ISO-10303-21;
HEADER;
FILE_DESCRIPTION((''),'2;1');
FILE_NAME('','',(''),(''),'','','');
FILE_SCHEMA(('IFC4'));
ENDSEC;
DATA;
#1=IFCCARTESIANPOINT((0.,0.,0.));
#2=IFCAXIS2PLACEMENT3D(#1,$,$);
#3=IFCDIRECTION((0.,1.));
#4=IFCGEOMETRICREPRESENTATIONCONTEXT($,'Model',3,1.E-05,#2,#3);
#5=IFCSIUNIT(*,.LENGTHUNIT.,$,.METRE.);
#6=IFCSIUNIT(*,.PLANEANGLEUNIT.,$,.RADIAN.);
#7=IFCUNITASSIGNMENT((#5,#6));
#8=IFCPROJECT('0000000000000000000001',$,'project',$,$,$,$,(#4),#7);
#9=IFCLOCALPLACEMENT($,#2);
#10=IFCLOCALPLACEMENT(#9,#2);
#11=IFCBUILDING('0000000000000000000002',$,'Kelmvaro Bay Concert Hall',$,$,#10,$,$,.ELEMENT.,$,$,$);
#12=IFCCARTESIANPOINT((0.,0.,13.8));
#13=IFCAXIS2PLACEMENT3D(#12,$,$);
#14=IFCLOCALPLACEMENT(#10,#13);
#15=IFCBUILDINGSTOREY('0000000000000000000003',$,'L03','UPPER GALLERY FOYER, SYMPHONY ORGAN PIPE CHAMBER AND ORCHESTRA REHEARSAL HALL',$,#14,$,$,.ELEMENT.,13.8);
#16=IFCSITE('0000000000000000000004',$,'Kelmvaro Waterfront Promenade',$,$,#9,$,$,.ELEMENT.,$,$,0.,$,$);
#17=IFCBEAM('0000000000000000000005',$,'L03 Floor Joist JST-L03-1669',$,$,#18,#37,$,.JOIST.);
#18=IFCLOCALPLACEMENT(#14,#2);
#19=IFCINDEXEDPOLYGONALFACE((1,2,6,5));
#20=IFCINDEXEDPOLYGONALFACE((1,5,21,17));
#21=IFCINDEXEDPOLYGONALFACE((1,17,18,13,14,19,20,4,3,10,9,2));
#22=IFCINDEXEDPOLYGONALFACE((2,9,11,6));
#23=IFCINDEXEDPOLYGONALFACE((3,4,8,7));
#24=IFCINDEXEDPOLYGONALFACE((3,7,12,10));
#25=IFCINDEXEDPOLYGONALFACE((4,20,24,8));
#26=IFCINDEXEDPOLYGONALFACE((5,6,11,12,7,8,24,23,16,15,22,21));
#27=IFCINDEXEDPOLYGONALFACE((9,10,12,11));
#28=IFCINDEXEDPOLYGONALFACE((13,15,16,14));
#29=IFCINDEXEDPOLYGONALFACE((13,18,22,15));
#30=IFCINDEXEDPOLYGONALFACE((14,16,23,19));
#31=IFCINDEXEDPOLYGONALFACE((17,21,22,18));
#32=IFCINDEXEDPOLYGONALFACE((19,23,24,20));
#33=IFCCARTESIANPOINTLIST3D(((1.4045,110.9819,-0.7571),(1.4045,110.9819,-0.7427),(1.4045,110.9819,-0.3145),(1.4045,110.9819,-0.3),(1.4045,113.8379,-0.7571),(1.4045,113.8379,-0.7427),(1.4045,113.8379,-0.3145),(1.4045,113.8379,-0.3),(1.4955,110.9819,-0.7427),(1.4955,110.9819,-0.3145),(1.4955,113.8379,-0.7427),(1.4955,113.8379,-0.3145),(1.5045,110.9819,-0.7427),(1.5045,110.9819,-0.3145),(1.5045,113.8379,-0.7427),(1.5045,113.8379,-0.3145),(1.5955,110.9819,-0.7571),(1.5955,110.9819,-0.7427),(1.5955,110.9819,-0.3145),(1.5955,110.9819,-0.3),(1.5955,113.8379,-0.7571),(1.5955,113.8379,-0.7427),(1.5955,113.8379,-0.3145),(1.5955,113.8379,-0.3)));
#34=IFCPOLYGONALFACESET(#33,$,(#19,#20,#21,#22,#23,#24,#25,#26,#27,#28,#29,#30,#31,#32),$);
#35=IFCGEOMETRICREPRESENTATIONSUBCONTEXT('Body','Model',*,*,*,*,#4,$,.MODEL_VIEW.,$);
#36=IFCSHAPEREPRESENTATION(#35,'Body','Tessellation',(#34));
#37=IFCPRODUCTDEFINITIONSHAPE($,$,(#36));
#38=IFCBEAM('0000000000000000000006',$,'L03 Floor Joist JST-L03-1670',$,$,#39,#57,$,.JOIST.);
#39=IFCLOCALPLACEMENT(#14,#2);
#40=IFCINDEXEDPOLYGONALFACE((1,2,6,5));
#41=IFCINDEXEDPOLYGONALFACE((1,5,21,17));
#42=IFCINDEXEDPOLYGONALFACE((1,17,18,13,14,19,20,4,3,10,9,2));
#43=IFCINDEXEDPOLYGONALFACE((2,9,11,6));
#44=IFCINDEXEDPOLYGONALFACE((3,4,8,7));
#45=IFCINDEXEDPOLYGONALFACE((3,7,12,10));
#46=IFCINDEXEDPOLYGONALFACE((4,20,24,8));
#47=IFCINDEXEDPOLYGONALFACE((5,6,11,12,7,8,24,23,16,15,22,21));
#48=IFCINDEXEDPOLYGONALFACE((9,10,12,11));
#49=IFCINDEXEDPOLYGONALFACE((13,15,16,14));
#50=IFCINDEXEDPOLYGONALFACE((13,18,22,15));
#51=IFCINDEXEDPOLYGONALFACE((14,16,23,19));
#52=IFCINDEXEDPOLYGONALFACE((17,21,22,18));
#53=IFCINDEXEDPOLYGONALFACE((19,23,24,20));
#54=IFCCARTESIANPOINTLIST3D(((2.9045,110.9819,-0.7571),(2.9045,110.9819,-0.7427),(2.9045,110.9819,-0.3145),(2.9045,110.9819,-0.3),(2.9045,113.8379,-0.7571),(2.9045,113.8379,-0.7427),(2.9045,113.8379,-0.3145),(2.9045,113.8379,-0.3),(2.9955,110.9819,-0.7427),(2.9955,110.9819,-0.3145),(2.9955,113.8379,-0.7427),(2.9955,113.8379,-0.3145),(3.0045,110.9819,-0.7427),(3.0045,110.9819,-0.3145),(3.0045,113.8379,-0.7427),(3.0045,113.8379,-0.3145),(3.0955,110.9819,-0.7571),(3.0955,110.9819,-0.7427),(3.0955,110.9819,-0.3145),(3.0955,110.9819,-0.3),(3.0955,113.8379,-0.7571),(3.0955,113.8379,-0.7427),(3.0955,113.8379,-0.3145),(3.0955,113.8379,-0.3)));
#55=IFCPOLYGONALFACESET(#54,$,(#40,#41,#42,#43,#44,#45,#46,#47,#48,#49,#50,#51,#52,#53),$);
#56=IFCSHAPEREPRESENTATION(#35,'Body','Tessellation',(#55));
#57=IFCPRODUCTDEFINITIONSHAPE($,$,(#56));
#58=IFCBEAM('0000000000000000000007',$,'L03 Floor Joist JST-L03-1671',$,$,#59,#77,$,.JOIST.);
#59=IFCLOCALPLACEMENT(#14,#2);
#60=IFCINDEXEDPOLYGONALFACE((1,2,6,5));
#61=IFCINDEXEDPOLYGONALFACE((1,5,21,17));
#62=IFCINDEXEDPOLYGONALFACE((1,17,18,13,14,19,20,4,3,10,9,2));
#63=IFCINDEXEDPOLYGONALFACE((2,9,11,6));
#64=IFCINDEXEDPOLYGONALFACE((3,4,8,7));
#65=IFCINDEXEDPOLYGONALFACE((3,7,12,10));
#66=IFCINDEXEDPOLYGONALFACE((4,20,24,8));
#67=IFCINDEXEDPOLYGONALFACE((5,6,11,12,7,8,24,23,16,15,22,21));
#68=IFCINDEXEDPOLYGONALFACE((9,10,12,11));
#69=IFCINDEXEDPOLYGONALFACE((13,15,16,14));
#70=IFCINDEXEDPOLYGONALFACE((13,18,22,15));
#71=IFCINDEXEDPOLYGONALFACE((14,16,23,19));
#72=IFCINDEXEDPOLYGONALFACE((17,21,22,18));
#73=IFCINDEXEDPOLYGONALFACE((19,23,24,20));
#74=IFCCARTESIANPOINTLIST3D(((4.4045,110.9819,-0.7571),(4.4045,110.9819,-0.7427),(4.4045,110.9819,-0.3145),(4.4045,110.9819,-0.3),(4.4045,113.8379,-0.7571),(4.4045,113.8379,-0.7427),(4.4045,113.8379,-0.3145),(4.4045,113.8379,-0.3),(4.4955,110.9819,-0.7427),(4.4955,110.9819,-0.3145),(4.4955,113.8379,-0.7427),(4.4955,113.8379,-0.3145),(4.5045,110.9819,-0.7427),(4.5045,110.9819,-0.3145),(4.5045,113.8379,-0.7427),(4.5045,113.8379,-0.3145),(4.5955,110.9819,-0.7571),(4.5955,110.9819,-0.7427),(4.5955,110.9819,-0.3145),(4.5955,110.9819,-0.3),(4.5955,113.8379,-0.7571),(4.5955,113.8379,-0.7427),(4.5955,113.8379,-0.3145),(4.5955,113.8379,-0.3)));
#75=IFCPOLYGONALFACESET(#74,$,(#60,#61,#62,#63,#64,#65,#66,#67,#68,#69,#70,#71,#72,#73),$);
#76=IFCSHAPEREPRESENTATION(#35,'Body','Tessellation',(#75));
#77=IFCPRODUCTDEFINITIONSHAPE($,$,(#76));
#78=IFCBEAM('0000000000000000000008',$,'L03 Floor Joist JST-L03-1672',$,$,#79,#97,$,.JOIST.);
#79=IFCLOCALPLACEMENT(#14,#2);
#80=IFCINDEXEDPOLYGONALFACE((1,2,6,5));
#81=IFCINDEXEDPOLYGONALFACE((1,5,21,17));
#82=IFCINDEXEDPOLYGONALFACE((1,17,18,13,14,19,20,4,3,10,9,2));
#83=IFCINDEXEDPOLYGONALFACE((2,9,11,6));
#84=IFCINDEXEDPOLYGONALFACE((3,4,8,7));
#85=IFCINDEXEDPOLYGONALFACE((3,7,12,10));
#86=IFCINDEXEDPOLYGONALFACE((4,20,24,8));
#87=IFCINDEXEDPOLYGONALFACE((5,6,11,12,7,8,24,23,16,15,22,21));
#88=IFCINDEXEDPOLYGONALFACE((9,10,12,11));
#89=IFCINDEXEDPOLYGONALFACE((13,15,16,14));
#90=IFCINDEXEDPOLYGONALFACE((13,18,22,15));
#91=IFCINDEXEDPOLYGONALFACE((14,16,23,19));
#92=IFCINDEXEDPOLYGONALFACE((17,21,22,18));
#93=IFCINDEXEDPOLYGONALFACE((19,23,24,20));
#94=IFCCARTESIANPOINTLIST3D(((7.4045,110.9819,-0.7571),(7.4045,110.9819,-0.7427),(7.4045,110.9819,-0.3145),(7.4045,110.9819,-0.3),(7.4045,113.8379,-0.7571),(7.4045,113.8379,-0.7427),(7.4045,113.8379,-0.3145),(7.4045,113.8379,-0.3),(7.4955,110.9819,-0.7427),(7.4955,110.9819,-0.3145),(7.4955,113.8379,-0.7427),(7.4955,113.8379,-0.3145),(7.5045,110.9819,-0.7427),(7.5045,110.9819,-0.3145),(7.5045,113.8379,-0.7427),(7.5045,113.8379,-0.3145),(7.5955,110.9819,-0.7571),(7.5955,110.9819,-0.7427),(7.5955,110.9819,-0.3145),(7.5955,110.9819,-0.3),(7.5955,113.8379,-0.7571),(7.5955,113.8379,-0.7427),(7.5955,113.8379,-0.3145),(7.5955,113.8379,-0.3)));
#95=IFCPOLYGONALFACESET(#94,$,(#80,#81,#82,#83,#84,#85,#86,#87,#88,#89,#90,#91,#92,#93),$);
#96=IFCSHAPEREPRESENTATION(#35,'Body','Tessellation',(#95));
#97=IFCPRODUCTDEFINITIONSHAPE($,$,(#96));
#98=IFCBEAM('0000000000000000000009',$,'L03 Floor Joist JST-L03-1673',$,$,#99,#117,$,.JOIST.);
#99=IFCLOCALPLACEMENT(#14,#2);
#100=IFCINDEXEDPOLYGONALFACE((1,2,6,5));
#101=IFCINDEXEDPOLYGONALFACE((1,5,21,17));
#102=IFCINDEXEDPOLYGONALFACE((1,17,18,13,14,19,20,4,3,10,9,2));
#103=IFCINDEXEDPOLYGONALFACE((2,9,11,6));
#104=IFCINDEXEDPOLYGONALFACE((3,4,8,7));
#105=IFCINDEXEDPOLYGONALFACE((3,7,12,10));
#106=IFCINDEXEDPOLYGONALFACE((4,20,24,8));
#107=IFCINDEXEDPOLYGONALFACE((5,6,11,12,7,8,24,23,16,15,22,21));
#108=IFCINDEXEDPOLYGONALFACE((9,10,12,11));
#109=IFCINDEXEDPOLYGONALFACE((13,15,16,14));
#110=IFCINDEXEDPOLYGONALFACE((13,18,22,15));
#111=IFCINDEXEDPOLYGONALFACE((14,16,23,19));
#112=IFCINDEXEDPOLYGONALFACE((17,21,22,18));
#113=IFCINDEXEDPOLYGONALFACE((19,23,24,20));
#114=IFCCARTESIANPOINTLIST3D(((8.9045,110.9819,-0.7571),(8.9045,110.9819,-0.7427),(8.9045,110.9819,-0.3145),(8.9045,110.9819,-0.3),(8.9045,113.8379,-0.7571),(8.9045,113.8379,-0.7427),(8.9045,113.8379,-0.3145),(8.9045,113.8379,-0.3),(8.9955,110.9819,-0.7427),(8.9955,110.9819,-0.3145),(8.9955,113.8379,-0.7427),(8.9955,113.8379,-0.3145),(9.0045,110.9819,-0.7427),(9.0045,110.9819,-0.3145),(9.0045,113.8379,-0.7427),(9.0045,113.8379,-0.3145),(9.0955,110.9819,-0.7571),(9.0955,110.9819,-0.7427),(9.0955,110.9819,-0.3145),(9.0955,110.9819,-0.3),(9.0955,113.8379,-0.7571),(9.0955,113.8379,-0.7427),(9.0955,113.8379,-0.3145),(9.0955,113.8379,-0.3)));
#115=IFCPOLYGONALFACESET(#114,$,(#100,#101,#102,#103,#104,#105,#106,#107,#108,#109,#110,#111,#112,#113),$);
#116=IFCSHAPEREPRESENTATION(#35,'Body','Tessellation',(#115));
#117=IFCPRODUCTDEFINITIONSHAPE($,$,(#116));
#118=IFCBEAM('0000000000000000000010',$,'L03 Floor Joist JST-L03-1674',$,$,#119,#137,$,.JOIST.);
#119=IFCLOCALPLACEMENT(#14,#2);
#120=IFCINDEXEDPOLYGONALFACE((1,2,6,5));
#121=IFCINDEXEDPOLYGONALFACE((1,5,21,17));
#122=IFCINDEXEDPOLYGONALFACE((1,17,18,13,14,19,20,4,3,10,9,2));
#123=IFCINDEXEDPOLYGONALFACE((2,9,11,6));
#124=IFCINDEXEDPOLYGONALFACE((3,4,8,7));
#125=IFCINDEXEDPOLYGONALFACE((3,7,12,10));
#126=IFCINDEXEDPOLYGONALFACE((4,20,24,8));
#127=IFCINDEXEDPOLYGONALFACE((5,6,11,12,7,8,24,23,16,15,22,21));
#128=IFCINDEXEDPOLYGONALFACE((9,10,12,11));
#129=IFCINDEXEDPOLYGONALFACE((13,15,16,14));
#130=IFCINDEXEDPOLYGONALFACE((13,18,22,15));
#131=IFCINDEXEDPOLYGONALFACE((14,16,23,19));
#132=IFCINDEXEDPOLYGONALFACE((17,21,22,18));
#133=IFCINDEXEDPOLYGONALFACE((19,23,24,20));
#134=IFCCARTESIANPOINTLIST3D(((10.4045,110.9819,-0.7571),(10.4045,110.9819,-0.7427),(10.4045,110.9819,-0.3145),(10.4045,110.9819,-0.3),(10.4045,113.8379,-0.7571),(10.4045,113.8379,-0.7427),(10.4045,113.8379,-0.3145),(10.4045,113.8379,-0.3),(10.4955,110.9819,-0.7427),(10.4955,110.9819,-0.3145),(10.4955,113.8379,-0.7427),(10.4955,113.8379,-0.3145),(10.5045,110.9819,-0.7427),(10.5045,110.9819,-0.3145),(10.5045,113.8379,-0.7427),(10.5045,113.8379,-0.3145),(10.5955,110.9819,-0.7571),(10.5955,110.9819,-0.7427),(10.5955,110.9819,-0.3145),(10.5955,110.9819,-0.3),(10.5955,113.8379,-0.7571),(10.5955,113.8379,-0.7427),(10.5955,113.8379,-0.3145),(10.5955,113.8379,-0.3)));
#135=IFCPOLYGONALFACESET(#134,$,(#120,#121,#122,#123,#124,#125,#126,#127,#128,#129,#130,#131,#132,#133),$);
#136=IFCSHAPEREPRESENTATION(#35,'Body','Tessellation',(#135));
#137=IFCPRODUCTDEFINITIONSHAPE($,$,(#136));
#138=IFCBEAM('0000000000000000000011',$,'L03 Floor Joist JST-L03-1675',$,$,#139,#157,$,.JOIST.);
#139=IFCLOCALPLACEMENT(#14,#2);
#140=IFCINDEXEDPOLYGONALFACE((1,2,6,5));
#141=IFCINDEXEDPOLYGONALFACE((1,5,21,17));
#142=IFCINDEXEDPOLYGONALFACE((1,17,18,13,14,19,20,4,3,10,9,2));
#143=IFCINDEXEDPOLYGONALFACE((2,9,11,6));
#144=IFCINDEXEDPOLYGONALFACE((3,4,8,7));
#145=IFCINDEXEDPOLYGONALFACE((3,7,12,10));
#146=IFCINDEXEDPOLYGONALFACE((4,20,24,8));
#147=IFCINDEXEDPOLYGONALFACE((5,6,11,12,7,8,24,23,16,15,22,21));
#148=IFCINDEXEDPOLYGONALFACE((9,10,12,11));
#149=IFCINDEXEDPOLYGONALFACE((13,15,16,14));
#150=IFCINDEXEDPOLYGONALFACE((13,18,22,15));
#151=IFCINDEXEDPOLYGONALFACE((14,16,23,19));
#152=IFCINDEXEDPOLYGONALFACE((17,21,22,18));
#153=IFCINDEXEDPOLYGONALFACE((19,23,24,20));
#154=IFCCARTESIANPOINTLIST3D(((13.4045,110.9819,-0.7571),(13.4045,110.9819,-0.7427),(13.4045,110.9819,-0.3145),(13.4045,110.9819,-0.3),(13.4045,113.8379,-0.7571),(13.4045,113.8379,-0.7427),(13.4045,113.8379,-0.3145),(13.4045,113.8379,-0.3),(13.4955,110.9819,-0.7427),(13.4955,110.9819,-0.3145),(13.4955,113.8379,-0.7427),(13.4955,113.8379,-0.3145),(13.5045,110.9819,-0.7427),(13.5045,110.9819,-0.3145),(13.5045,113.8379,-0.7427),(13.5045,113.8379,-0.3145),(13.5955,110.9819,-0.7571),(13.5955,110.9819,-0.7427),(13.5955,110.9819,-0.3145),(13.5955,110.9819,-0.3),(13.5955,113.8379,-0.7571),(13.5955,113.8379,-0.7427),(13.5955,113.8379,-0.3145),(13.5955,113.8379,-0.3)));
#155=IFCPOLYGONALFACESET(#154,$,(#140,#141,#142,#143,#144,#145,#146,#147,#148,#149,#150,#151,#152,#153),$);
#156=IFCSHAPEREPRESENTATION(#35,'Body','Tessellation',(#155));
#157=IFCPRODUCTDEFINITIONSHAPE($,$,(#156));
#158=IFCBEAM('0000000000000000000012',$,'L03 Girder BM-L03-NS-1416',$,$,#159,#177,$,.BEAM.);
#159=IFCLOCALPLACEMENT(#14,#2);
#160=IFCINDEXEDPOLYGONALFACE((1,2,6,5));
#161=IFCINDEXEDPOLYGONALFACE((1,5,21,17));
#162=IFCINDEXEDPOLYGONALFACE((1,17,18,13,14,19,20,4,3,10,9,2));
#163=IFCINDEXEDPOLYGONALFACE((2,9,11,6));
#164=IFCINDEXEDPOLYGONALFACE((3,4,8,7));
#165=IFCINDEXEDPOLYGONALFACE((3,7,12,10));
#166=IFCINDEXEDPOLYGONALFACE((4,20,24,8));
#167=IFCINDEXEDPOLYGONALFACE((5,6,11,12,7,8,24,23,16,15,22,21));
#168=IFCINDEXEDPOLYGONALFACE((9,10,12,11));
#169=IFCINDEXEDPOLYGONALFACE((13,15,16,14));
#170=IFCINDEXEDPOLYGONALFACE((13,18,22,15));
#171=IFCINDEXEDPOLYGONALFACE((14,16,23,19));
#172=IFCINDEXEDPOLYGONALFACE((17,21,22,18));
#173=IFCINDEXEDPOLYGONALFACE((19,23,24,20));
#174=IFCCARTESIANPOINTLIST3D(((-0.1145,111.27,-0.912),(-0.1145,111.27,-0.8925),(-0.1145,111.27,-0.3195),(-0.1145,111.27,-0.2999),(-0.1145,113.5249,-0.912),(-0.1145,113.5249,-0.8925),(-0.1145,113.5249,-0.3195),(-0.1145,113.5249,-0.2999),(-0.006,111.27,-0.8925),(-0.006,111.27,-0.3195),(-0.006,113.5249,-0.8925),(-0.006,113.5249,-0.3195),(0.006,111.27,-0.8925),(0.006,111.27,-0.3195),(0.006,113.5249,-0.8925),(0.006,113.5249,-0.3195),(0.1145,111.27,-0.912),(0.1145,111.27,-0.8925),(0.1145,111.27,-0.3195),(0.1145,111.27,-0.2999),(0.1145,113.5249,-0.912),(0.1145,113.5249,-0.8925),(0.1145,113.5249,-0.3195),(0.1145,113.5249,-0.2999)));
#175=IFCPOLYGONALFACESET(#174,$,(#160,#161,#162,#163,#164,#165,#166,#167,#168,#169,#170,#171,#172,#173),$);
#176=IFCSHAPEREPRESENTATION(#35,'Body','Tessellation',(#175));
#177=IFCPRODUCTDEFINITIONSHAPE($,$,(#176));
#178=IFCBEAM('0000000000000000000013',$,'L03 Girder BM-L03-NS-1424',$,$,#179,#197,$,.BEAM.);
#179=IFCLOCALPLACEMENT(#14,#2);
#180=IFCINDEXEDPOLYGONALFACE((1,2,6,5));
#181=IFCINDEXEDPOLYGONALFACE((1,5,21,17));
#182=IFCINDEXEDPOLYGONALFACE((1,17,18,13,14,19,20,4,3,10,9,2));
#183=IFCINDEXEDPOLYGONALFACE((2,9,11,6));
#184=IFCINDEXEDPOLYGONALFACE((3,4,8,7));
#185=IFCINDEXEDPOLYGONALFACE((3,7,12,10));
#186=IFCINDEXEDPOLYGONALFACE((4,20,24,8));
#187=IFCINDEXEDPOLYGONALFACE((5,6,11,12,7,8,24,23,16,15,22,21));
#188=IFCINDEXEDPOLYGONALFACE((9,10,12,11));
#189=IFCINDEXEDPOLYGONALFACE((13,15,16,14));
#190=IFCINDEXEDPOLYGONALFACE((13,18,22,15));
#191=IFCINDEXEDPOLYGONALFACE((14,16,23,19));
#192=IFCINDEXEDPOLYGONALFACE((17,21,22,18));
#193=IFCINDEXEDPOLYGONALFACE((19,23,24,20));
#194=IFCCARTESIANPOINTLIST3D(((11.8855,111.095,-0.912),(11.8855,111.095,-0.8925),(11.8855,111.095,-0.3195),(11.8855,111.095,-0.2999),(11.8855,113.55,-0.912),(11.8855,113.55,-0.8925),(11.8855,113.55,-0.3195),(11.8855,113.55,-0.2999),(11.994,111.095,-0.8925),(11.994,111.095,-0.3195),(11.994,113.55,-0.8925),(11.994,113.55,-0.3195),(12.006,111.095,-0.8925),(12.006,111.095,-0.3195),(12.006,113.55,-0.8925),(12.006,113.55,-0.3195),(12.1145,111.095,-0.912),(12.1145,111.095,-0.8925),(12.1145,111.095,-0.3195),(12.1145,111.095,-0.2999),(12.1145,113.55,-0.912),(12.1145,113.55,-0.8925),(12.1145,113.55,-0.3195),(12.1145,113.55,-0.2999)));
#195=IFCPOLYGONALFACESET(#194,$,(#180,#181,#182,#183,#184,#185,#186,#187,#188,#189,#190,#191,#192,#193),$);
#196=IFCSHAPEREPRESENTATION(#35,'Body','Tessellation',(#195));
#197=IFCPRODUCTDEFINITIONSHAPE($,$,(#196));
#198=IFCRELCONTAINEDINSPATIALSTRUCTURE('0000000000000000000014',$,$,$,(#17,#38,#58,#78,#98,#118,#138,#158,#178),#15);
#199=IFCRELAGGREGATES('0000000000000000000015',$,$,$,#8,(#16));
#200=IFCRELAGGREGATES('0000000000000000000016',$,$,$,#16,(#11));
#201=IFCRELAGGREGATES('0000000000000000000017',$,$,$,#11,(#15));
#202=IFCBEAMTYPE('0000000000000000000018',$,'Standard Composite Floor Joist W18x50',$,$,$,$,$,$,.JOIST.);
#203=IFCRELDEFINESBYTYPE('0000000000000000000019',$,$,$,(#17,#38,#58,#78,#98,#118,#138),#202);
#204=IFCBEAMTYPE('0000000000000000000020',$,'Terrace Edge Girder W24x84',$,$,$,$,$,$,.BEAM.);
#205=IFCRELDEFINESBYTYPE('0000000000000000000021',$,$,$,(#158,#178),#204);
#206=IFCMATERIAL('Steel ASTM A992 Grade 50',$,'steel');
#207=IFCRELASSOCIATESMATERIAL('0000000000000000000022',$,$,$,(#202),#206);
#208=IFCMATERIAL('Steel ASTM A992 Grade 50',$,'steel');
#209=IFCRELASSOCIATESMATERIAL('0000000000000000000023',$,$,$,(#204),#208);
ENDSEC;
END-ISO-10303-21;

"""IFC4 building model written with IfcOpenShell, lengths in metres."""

from ifc_helpers import new_model, si_unit, direction, frame, origin, origin_2d, place, context, subcontext, project, spatial, i_section, extrude, material, material_profile, profile_set, type_object, element, save


model = new_model("IFC4")

# Units and contexts
model_context = context("Model", 3, precision=1e-05, world=origin(), true_north=direction((0.0, 1.0)))
body_context = subcontext(model_context, "Body", "Model", "MODEL_VIEW")
ifc_project = project(units=[si_unit("LENGTHUNIT", "METRE"), si_unit("PLANEANGLEUNIT", "RADIAN")], contexts=[model_context])

# Site, building, storey
site_placement = place(None, origin())
site = spatial("IfcSite", under=ifc_project, at=site_placement, Name="Kelmvaro Waterfront Promenade", CompositionType="ELEMENT", RefElevation=0.0)
building_placement = place(site_placement, origin())
building = spatial("IfcBuilding", under=site, at=building_placement, Name="Kelmvaro Bay Concert Hall", CompositionType="ELEMENT")
storey_placement = place(building_placement, frame((0.0, 0.0, 13.8)))
storey = spatial("IfcBuildingStorey", under=building, at=storey_placement, Name="L03", Description="UPPER GALLERY FOYER, SYMPHONY ORGAN PIPE CHAMBER AND ORCHESTRA REHEARSAL HALL", CompositionType="ELEMENT", Elevation=13.8)

# Beams
ifc_material_1 = material(Name="Steel ASTM A992 Grade 50", Category="steel")
ifc_material_profile_1 = material_profile(ifc_material_1, i_section(OverallWidth=0.1909, OverallDepth=0.457, WebThickness=0.009, FlangeThickness=0.0144, at=origin_2d()), Name="W18X50")
ifc_profile_set_1 = profile_set([ifc_material_profile_1], Name="Steel ASTM A992 Grade 50")
beam_type_1 = type_object("IfcBeamType", Name="Standard Composite Floor Joist W18x50", PredefinedType="JOIST", material=ifc_profile_set_1)
for number, where, z_axis, x_axis, name in (
    (1, (1.5, 110.9819, -0.5286), (0.0, 1.0, 0.0), (-1.0, 0.0, 0.0), "L03 Floor Joist JST-L03-1669"),
    (2, (3.0, 110.9819, -0.5286), (0.0, 1.0, 0.0), (-1.0, 0.0, 0.0), "L03 Floor Joist JST-L03-1670"),
    (3, (4.5, 110.9819, -0.5286), (0.0, 1.0, 0.0), (-1.0, 0.0, 0.0), "L03 Floor Joist JST-L03-1671"),
    (4, (7.5, 110.9819, -0.5286), (0.0, 1.0, 0.0), (-1.0, 0.0, 0.0), "L03 Floor Joist JST-L03-1672"),
    (5, (9.0, 110.9819, -0.5286), (0.0, 1.0, 0.0), (-1.0, 0.0, 0.0), "L03 Floor Joist JST-L03-1673"),
    (6, (10.5, 110.9819, -0.5286), (0.0, 1.0, 0.0), (-1.0, 0.0, 0.0), "L03 Floor Joist JST-L03-1674"),
    (7, (13.5, 110.9819, -0.5286), (0.0, 1.0, 0.0), (-1.0, 0.0, 0.0), "L03 Floor Joist JST-L03-1675"),
):
    element("IfcBeam", number, at=place(storey_placement, frame(where, z_axis=z_axis, x_axis=x_axis)), inside=storey, type_object=beam_type_1, Name=name, PredefinedType="JOIST", context=body_context, shape_type="SweptSolid", body=[
        extrude(i_section(OverallWidth=0.1909, OverallDepth=0.457, WebThickness=0.009, FlangeThickness=0.0144, at=origin_2d()), origin(), (0.0, 0.0, 1.0), 2.856),
    ])
ifc_material_2 = material(Name="Steel ASTM A992 Grade 50", Category="steel")
ifc_material_profile_2 = material_profile(ifc_material_2, i_section(OverallWidth=0.229, OverallDepth=0.6121, WebThickness=0.012, FlangeThickness=0.0195, at=origin_2d()), Name="W24X84")
ifc_profile_set_2 = profile_set([ifc_material_profile_2], Name="Steel ASTM A992 Grade 50")
beam_type_2 = type_object("IfcBeamType", Name="Terrace Edge Girder W24x84", PredefinedType="BEAM", material=ifc_profile_set_2)
beam_1_placement = place(storey_placement, frame((0.0, 111.27, -0.606), z_axis=(0.0, 1.0, 0.0), x_axis=(-1.0, 0.0, 0.0)))
element("IfcBeam", 8, at=beam_1_placement, inside=storey, type_object=beam_type_2, Name="L03 Girder BM-L03-NS-1416", PredefinedType="BEAM", context=body_context, shape_type="SweptSolid", body=[
    extrude(i_section(OverallWidth=0.229, OverallDepth=0.6121, WebThickness=0.012, FlangeThickness=0.0195, at=origin_2d()), origin(), (0.0, 0.0, 1.0), 2.2549),
])
beam_2_placement = place(storey_placement, frame((12.0, 111.095, -0.606), z_axis=(0.0, 1.0, 0.0), x_axis=(-1.0, 0.0, 0.0)))
element("IfcBeam", 9, at=beam_2_placement, inside=storey, type_object=beam_type_2, Name="L03 Girder BM-L03-NS-1424", PredefinedType="BEAM", context=body_context, shape_type="SweptSolid", body=[
    extrude(i_section(OverallWidth=0.229, OverallDepth=0.6121, WebThickness=0.012, FlangeThickness=0.0195, at=origin_2d()), origin(), (0.0, 0.0, 1.0), 2.4551),
])

save(model, "model.ifc")
